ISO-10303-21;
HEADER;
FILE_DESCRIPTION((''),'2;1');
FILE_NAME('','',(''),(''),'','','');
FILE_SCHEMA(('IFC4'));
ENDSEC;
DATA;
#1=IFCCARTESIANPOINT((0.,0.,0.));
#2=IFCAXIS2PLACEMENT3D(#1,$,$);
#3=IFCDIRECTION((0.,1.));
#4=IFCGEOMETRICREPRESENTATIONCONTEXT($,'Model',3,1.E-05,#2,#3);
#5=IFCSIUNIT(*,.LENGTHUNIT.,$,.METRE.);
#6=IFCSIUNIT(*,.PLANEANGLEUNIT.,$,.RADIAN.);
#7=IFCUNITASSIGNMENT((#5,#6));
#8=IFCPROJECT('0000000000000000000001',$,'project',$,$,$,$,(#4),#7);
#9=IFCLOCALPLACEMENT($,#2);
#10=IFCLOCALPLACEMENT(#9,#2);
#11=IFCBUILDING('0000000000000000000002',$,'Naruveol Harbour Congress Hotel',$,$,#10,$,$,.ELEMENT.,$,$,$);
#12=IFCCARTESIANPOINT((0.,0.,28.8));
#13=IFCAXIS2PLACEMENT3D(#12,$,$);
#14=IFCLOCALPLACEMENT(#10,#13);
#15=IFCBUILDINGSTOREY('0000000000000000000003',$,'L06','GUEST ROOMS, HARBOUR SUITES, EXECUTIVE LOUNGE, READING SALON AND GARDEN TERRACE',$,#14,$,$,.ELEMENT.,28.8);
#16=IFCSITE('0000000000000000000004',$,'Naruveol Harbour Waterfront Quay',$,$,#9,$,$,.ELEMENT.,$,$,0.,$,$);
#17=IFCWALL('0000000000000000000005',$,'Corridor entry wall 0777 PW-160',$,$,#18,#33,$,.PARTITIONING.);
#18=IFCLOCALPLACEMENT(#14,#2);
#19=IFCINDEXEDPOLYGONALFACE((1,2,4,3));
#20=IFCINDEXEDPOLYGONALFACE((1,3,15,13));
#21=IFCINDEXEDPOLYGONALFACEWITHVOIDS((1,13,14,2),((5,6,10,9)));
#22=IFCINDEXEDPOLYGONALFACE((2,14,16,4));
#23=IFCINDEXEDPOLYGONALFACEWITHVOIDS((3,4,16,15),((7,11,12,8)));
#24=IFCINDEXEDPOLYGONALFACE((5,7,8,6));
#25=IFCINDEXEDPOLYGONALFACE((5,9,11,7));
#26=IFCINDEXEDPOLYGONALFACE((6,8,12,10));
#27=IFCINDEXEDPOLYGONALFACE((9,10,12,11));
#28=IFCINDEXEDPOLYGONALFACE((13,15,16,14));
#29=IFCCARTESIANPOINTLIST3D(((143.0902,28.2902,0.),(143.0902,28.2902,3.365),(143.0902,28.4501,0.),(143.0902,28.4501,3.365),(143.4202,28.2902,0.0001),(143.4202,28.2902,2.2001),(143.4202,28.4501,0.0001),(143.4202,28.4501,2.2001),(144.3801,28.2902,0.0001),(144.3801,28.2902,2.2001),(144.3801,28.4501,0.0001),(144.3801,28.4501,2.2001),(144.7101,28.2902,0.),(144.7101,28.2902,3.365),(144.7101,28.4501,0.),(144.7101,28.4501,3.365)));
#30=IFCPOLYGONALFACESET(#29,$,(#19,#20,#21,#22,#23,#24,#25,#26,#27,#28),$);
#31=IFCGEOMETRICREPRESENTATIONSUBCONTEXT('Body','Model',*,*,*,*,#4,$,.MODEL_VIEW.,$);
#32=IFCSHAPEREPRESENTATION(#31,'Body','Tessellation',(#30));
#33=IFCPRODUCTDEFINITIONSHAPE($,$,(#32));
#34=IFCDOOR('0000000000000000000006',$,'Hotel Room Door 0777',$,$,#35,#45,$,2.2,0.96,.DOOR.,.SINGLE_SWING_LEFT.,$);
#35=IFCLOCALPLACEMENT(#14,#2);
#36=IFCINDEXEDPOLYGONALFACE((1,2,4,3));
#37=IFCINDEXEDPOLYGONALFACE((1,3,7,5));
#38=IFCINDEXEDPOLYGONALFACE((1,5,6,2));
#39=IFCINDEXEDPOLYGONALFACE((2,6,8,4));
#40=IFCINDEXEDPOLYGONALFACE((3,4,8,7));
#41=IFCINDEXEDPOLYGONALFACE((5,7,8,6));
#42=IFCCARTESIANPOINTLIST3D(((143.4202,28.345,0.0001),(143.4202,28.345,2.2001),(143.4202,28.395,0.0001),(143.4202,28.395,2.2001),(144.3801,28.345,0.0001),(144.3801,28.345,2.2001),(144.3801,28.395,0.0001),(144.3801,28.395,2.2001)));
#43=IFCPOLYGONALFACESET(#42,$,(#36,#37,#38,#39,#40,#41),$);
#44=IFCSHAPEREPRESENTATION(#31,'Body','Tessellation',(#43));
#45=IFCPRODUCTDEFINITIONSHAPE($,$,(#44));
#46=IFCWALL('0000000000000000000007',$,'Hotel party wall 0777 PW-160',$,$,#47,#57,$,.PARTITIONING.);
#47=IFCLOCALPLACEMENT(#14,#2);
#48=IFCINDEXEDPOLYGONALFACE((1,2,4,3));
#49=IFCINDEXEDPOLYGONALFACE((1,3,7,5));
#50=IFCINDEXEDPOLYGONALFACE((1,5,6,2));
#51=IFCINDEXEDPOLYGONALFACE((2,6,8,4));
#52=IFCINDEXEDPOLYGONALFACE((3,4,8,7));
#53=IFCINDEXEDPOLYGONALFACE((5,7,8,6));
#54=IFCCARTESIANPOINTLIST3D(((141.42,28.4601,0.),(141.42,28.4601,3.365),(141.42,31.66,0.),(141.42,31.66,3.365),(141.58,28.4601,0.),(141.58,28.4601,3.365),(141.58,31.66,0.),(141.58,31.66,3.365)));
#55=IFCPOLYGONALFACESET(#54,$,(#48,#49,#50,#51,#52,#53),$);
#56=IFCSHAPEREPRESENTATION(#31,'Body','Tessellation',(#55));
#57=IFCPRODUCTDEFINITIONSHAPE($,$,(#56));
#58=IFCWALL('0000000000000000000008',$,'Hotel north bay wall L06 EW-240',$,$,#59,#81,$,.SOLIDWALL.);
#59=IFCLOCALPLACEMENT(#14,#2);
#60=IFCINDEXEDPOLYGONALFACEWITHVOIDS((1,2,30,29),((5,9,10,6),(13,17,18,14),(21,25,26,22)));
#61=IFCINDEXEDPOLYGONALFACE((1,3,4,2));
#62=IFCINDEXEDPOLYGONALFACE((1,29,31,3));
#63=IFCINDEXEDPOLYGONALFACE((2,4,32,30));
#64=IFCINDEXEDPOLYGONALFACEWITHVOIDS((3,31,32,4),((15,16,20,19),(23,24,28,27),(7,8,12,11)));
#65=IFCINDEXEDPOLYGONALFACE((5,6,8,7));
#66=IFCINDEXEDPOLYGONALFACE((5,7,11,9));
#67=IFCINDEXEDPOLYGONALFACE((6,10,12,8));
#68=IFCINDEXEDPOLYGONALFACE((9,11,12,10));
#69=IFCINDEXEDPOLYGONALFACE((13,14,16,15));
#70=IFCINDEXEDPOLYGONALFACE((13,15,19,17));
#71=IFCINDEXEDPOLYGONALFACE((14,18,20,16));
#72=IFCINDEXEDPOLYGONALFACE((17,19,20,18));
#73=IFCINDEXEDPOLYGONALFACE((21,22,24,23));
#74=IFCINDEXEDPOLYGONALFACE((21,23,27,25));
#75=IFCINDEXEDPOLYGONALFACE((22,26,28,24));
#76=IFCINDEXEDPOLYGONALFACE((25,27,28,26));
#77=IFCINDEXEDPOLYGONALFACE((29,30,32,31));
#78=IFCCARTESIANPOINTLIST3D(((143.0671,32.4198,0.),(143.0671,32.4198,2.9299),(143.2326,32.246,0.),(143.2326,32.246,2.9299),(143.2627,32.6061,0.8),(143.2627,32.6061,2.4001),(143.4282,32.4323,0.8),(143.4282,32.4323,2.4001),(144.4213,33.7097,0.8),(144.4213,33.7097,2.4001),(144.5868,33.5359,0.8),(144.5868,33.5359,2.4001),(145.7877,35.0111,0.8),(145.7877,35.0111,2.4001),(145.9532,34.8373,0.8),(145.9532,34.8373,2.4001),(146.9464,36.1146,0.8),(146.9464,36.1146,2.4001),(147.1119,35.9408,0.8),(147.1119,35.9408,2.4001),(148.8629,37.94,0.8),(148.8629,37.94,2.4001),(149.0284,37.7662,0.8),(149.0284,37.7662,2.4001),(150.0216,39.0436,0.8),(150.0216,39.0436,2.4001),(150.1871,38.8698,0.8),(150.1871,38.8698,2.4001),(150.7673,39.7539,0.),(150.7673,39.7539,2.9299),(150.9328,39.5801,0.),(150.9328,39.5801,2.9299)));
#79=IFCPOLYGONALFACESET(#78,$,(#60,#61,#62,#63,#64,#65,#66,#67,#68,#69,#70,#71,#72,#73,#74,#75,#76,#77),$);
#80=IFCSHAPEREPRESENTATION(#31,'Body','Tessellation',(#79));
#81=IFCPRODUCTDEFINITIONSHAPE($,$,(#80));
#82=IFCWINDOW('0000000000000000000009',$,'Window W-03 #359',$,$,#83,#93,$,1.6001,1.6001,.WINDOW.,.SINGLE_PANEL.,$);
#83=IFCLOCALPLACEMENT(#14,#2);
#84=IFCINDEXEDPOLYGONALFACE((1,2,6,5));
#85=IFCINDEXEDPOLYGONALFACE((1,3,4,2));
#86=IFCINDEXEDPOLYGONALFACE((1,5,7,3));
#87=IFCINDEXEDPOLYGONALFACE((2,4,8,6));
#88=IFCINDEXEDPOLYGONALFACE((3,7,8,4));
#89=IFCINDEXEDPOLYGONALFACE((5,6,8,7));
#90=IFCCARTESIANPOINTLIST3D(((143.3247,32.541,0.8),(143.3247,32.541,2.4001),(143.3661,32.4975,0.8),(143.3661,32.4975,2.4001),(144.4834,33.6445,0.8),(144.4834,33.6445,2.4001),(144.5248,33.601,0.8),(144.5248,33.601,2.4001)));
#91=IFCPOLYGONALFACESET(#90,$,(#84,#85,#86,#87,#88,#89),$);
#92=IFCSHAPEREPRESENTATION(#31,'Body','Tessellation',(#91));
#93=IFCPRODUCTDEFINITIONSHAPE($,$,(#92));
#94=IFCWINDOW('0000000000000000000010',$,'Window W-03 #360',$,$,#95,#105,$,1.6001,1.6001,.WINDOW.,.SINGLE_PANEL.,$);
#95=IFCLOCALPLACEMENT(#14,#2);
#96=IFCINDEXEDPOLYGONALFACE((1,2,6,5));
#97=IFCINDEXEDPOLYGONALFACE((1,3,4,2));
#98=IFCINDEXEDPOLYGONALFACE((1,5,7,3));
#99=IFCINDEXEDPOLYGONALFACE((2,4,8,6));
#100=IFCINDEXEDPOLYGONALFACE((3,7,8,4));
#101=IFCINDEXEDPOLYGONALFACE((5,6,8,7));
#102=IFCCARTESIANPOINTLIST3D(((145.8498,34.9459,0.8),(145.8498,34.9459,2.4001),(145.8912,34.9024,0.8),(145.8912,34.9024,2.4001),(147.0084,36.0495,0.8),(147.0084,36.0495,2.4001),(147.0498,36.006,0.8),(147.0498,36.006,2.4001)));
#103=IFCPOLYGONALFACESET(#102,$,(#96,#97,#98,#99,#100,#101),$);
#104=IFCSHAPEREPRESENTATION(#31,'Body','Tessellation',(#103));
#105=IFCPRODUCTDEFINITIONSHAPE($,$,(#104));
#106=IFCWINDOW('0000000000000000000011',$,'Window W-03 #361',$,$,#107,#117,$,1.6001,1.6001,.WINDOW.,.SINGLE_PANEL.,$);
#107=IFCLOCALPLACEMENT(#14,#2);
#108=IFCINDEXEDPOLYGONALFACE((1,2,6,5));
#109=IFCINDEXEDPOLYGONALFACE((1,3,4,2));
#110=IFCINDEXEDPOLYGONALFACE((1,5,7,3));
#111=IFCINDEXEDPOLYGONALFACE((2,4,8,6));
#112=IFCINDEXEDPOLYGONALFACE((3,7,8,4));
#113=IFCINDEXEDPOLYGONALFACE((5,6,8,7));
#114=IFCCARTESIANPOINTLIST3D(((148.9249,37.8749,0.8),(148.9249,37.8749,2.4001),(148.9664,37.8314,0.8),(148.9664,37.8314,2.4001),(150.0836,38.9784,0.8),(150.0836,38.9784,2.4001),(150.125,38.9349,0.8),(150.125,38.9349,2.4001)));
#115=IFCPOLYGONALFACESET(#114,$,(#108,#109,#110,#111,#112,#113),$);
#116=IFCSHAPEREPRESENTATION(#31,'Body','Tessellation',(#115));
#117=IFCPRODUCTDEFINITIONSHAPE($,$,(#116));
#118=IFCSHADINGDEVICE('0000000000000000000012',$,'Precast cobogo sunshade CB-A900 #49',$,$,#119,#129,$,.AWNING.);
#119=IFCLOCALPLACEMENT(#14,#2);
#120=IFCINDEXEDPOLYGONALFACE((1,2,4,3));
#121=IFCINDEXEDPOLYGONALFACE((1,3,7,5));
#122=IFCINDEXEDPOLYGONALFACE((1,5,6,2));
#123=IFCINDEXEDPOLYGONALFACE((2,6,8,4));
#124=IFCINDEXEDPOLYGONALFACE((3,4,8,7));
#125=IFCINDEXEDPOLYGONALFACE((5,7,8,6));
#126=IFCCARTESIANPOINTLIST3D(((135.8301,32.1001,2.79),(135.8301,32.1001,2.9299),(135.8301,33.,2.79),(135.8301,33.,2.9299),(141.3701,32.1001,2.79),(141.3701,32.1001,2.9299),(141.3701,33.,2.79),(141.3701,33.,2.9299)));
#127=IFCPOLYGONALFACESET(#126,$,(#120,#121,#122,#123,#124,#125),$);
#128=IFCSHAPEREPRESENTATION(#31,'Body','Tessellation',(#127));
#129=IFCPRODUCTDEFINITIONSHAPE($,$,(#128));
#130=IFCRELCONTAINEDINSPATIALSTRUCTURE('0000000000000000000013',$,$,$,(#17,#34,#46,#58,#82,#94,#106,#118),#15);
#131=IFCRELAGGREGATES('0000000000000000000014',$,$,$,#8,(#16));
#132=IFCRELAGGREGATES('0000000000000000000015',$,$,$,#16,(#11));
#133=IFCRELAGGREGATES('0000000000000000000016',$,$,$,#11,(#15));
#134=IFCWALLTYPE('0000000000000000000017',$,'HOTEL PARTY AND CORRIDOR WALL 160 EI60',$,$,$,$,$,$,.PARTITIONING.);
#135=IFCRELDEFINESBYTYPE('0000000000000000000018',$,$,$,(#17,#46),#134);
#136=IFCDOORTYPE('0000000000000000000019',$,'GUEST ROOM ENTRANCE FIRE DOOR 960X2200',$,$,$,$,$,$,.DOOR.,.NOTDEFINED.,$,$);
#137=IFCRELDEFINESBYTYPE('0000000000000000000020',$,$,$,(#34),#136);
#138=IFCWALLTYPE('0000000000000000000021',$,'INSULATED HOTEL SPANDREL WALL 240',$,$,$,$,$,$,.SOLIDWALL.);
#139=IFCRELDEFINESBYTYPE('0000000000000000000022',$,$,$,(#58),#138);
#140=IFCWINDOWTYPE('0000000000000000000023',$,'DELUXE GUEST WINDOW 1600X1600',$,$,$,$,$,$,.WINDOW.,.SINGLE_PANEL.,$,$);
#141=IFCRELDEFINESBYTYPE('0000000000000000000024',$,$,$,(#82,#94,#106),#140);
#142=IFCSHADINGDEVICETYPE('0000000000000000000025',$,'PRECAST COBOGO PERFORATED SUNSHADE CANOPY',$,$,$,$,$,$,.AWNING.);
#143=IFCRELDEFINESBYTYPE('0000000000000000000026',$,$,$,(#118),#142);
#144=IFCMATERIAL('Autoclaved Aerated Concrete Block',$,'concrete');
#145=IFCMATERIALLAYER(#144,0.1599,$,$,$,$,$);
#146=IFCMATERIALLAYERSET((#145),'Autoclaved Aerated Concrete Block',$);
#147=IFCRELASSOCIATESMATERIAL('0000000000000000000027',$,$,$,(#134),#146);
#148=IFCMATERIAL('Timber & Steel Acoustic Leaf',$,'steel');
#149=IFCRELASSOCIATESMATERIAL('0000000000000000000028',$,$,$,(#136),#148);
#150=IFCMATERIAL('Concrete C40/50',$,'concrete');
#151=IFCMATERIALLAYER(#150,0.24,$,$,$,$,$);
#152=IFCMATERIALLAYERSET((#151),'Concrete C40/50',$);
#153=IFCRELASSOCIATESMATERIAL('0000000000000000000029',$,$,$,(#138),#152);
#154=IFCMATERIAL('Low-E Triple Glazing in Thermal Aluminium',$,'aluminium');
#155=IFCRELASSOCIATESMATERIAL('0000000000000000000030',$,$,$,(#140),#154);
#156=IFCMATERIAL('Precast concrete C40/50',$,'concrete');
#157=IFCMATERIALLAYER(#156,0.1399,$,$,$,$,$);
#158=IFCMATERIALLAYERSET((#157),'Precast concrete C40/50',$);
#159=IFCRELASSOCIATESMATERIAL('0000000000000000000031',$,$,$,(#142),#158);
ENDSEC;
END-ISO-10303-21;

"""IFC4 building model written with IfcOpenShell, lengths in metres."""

from ifc_helpers import new_model, si_unit, direction, frame, frame_2d, origin, origin_2d, place, context, subcontext, project, spatial, rectangle, extrude, material, layer, layer_set, type_object, element, fill, save


model = new_model("IFC4")

# Units and contexts
model_context = context("Model", 3, precision=1e-05, world=origin(), true_north=direction((0.0, 1.0)))
body_context = subcontext(model_context, "Body", "Model", "MODEL_VIEW")
ifc_project = project(units=[si_unit("LENGTHUNIT", "METRE"), si_unit("PLANEANGLEUNIT", "RADIAN")], contexts=[model_context])

# Site, building, storey
site_placement = place(None, origin())
site = spatial("IfcSite", under=ifc_project, at=site_placement, Name="Naruveol Harbour Waterfront Quay", CompositionType="ELEMENT", RefElevation=0.0)
building_placement = place(site_placement, origin())
building = spatial("IfcBuilding", under=site, at=building_placement, Name="Naruveol Harbour Congress Hotel", CompositionType="ELEMENT")
storey_placement = place(building_placement, frame((0.0, 0.0, 28.8)))
storey = spatial("IfcBuildingStorey", under=building, at=storey_placement, Name="L06", Description="GUEST ROOMS, HARBOUR SUITES, EXECUTIVE LOUNGE, READING SALON AND GARDEN TERRACE", CompositionType="ELEMENT", Elevation=28.8)

# Shared definitions
ifc_material_1 = material(Name="Autoclaved Aerated Concrete Block", Category="concrete")
ifc_layer_1 = layer(ifc_material_1, 0.1599)
ifc_layer_set_1 = layer_set([ifc_layer_1], Name="Autoclaved Aerated Concrete Block")
wall_type_1 = type_object("IfcWallType", Name="HOTEL PARTY AND CORRIDOR WALL 160 EI60", PredefinedType="PARTITIONING", material=ifc_layer_set_1)
ifc_material_2 = material(Name="Timber & Steel Acoustic Leaf", Category="steel")
door_type_1 = type_object("IfcDoorType", Name="GUEST ROOM ENTRANCE FIRE DOOR 960X2200", OperationType="NOTDEFINED", PredefinedType="DOOR", material=ifc_material_2)

# Wall, opening, door
wall_1_placement = place(storey_placement, frame((143.0901, 28.3701, 0.0), z_axis=(0.0, 0.0, 1.0), x_axis=(1.0, 0.0, 0.0)))
wall_1 = element("IfcWall", 1, at=wall_1_placement, inside=storey, type_object=wall_type_1, Name="Corridor entry wall 0777 PW-160", PredefinedType="PARTITIONING", context=body_context, shape_type="SweptSolid", body=[
    extrude(rectangle(XDim=1.6199, YDim=0.1599, at=frame_2d((0.8101, 0.0))), origin(), (0.0, 0.0, 1.0), 3.365),
])
opening_1_placement = place(wall_1_placement, frame((0.3301, 0.0, 0.0)))
opening_1 = element("IfcOpeningElement", 2, at=opening_1_placement, cuts=wall_1, PredefinedType="OPENING", context=body_context, shape_type="SweptSolid", body=[
    extrude(rectangle(XDim=0.96, YDim=2.2, at=frame_2d((0.48, 1.1001))), frame((0.0, 0.0898, 0.0), z_axis=(0.0, -1.0, 0.0), x_axis=(1.0, 0.0, 0.0)), (0.0, 0.0, 1.0), 0.1799),
])
door_1_placement = place(opening_1_placement, origin())
door_1 = element("IfcDoor", 3, at=door_1_placement, inside=storey, type_object=door_type_1, Name="Hotel Room Door 0777", OperationType="SINGLE_SWING_LEFT", OverallHeight=2.2, OverallWidth=0.96, PredefinedType="DOOR", context=body_context, shape_type="SweptSolid", body=[
    extrude(rectangle(XDim=0.96, YDim=2.2, at=frame_2d((0.48, 1.1001))), frame((0.0, 0.0249, 0.0), z_axis=(0.0, -1.0, 0.0), x_axis=(1.0, 0.0, 0.0)), (0.0, 0.0, 1.0), 0.05),
])
fill(opening_1, door_1)

# Wall
wall_2_placement = place(storey_placement, frame((141.5, 28.46, 0.0), z_axis=(0.0, 0.0, 1.0), x_axis=(0.0, 1.0, 0.0)))
element("IfcWall", 4, at=wall_2_placement, inside=storey, type_object=wall_type_1, Name="Hotel party wall 0777 PW-160", PredefinedType="PARTITIONING", context=body_context, shape_type="SweptSolid", body=[
    extrude(rectangle(XDim=3.2, YDim=0.1599, at=frame_2d((1.6001, 0.0))), origin(), (0.0, 0.0, 1.0), 3.365),
])

# Wall, openings, windows
ifc_material_3 = material(Name="Concrete C40/50", Category="concrete")
ifc_layer_2 = layer(ifc_material_3, 0.24)
ifc_layer_set_2 = layer_set([ifc_layer_2], Name="Concrete C40/50")
wall_type_2 = type_object("IfcWallType", Name="INSULATED HOTEL SPANDREL WALL 240", PredefinedType="SOLIDWALL", material=ifc_layer_set_2)
wall_3_placement = place(storey_placement, frame((143.1499, 32.333, 0.0), z_axis=(0.0, 0.0, 1.0), x_axis=(0.724116, 0.689678, 0.0)))
wall_3 = element("IfcWall", 5, at=wall_3_placement, inside=storey, type_object=wall_type_2, Name="Hotel north bay wall L06 EW-240", PredefinedType="SOLIDWALL", context=body_context, shape_type="SweptSolid", body=[
    extrude(rectangle(XDim=10.634, YDim=0.24, at=frame_2d((5.3169, 0.0))), origin(), (0.0, 0.0, 1.0), 2.9299),
])
opening_2_placement = place(wall_3_placement, frame((0.27, 0.0, 0.8)))
opening_2 = element("IfcOpeningElement", 6, at=opening_2_placement, cuts=wall_3, PredefinedType="OPENING", context=body_context, shape_type="SweptSolid", body=[
    extrude(rectangle(XDim=1.6001, YDim=1.6001, at=frame_2d((0.8, 0.8))), frame((0.0, 0.1299, 0.0), z_axis=(0.0, -1.0, 0.0), x_axis=(1.0, 0.0, 0.0)), (0.0, 0.0, 1.0), 0.26),
])
opening_3_placement = place(wall_3_placement, frame((3.7571, 0.0, 0.8)))
opening_3 = element("IfcOpeningElement", 7, at=opening_3_placement, cuts=wall_3, PredefinedType="OPENING", context=body_context, shape_type="SweptSolid", body=[
    extrude(rectangle(XDim=1.6001, YDim=1.6001, at=frame_2d((0.8, 0.8))), frame((0.0, 0.1299, 0.0), z_axis=(0.0, -1.0, 0.0), x_axis=(1.0, 0.0, 0.0)), (0.0, 0.0, 1.0), 0.26),
])
opening_4_placement = place(wall_3_placement, frame((8.0039, 0.0, 0.8)))
opening_4 = element("IfcOpeningElement", 8, at=opening_4_placement, cuts=wall_3, PredefinedType="OPENING", context=body_context, shape_type="SweptSolid", body=[
    extrude(rectangle(XDim=1.6001, YDim=1.6001, at=frame_2d((0.8, 0.8))), frame((0.0, 0.1299, 0.0), z_axis=(0.0, -1.0, 0.0), x_axis=(1.0, 0.0, 0.0)), (0.0, 0.0, 1.0), 0.26),
])
ifc_material_4 = material(Name="Low-E Triple Glazing in Thermal Aluminium", Category="aluminium")
window_type = type_object("IfcWindowType", Name="DELUXE GUEST WINDOW 1600X1600", PartitioningType="SINGLE_PANEL", PredefinedType="WINDOW", material=ifc_material_4)
window_1_placement = place(opening_2_placement, origin())
window_1 = element("IfcWindow", 9, at=window_1_placement, inside=storey, type_object=window_type, Name="Window W-03 #359", OverallHeight=1.6001, OverallWidth=1.6001, PartitioningType="SINGLE_PANEL", PredefinedType="WINDOW", context=body_context, shape_type="SweptSolid", body=[
    extrude(rectangle(XDim=1.6001, YDim=1.6001, at=frame_2d((0.8, 0.8))), frame((0.0, 0.03, 0.0), z_axis=(0.0, -1.0, 0.0), x_axis=(1.0, 0.0, 0.0)), (0.0, 0.0, 1.0), 0.0601),
])
fill(opening_2, window_1)
window_2_placement = place(opening_3_placement, origin())
window_2 = element("IfcWindow", 10, at=window_2_placement, inside=storey, type_object=window_type, Name="Window W-03 #360", OverallHeight=1.6001, OverallWidth=1.6001, PartitioningType="SINGLE_PANEL", PredefinedType="WINDOW", context=body_context, shape_type="SweptSolid", body=[
    extrude(rectangle(XDim=1.6001, YDim=1.6001, at=frame_2d((0.8, 0.8))), frame((0.0, 0.03, 0.0), z_axis=(0.0, -1.0, 0.0), x_axis=(1.0, 0.0, 0.0)), (0.0, 0.0, 1.0), 0.0601),
])
fill(opening_3, window_2)
window_3_placement = place(opening_4_placement, origin())
window_3 = element("IfcWindow", 11, at=window_3_placement, inside=storey, type_object=window_type, Name="Window W-03 #361", OverallHeight=1.6001, OverallWidth=1.6001, PartitioningType="SINGLE_PANEL", PredefinedType="WINDOW", context=body_context, shape_type="SweptSolid", body=[
    extrude(rectangle(XDim=1.6001, YDim=1.6001, at=frame_2d((0.8, 0.8))), frame((0.0, 0.03, 0.0), z_axis=(0.0, -1.0, 0.0), x_axis=(1.0, 0.0, 0.0)), (0.0, 0.0, 1.0), 0.0601),
])
fill(opening_4, window_3)

# Shading device
ifc_material_5 = material(Name="Precast concrete C40/50", Category="concrete")
ifc_layer_3 = layer(ifc_material_5, 0.1399)
ifc_layer_set_3 = layer_set([ifc_layer_3], Name="Precast concrete C40/50")
shading_device_type = type_object("IfcShadingDeviceType", Name="PRECAST COBOGO PERFORATED SUNSHADE CANOPY", PredefinedType="AWNING", material=ifc_layer_set_3)
shading_device_placement = place(storey_placement, frame((138.6001, 32.55, 2.79), z_axis=(0.0, 0.0, 1.0), x_axis=(1.0, 0.0, 0.0)))
element("IfcShadingDevice", 12, at=shading_device_placement, inside=storey, type_object=shading_device_type, Name="Precast cobogo sunshade CB-A900 #49", PredefinedType="AWNING", context=body_context, shape_type="SweptSolid", body=[
    extrude(rectangle(XDim=5.54, YDim=0.8999, at=origin_2d()), origin(), (0.0, 0.0, 1.0), 0.1399),
])

save(model, "model.ifc")
